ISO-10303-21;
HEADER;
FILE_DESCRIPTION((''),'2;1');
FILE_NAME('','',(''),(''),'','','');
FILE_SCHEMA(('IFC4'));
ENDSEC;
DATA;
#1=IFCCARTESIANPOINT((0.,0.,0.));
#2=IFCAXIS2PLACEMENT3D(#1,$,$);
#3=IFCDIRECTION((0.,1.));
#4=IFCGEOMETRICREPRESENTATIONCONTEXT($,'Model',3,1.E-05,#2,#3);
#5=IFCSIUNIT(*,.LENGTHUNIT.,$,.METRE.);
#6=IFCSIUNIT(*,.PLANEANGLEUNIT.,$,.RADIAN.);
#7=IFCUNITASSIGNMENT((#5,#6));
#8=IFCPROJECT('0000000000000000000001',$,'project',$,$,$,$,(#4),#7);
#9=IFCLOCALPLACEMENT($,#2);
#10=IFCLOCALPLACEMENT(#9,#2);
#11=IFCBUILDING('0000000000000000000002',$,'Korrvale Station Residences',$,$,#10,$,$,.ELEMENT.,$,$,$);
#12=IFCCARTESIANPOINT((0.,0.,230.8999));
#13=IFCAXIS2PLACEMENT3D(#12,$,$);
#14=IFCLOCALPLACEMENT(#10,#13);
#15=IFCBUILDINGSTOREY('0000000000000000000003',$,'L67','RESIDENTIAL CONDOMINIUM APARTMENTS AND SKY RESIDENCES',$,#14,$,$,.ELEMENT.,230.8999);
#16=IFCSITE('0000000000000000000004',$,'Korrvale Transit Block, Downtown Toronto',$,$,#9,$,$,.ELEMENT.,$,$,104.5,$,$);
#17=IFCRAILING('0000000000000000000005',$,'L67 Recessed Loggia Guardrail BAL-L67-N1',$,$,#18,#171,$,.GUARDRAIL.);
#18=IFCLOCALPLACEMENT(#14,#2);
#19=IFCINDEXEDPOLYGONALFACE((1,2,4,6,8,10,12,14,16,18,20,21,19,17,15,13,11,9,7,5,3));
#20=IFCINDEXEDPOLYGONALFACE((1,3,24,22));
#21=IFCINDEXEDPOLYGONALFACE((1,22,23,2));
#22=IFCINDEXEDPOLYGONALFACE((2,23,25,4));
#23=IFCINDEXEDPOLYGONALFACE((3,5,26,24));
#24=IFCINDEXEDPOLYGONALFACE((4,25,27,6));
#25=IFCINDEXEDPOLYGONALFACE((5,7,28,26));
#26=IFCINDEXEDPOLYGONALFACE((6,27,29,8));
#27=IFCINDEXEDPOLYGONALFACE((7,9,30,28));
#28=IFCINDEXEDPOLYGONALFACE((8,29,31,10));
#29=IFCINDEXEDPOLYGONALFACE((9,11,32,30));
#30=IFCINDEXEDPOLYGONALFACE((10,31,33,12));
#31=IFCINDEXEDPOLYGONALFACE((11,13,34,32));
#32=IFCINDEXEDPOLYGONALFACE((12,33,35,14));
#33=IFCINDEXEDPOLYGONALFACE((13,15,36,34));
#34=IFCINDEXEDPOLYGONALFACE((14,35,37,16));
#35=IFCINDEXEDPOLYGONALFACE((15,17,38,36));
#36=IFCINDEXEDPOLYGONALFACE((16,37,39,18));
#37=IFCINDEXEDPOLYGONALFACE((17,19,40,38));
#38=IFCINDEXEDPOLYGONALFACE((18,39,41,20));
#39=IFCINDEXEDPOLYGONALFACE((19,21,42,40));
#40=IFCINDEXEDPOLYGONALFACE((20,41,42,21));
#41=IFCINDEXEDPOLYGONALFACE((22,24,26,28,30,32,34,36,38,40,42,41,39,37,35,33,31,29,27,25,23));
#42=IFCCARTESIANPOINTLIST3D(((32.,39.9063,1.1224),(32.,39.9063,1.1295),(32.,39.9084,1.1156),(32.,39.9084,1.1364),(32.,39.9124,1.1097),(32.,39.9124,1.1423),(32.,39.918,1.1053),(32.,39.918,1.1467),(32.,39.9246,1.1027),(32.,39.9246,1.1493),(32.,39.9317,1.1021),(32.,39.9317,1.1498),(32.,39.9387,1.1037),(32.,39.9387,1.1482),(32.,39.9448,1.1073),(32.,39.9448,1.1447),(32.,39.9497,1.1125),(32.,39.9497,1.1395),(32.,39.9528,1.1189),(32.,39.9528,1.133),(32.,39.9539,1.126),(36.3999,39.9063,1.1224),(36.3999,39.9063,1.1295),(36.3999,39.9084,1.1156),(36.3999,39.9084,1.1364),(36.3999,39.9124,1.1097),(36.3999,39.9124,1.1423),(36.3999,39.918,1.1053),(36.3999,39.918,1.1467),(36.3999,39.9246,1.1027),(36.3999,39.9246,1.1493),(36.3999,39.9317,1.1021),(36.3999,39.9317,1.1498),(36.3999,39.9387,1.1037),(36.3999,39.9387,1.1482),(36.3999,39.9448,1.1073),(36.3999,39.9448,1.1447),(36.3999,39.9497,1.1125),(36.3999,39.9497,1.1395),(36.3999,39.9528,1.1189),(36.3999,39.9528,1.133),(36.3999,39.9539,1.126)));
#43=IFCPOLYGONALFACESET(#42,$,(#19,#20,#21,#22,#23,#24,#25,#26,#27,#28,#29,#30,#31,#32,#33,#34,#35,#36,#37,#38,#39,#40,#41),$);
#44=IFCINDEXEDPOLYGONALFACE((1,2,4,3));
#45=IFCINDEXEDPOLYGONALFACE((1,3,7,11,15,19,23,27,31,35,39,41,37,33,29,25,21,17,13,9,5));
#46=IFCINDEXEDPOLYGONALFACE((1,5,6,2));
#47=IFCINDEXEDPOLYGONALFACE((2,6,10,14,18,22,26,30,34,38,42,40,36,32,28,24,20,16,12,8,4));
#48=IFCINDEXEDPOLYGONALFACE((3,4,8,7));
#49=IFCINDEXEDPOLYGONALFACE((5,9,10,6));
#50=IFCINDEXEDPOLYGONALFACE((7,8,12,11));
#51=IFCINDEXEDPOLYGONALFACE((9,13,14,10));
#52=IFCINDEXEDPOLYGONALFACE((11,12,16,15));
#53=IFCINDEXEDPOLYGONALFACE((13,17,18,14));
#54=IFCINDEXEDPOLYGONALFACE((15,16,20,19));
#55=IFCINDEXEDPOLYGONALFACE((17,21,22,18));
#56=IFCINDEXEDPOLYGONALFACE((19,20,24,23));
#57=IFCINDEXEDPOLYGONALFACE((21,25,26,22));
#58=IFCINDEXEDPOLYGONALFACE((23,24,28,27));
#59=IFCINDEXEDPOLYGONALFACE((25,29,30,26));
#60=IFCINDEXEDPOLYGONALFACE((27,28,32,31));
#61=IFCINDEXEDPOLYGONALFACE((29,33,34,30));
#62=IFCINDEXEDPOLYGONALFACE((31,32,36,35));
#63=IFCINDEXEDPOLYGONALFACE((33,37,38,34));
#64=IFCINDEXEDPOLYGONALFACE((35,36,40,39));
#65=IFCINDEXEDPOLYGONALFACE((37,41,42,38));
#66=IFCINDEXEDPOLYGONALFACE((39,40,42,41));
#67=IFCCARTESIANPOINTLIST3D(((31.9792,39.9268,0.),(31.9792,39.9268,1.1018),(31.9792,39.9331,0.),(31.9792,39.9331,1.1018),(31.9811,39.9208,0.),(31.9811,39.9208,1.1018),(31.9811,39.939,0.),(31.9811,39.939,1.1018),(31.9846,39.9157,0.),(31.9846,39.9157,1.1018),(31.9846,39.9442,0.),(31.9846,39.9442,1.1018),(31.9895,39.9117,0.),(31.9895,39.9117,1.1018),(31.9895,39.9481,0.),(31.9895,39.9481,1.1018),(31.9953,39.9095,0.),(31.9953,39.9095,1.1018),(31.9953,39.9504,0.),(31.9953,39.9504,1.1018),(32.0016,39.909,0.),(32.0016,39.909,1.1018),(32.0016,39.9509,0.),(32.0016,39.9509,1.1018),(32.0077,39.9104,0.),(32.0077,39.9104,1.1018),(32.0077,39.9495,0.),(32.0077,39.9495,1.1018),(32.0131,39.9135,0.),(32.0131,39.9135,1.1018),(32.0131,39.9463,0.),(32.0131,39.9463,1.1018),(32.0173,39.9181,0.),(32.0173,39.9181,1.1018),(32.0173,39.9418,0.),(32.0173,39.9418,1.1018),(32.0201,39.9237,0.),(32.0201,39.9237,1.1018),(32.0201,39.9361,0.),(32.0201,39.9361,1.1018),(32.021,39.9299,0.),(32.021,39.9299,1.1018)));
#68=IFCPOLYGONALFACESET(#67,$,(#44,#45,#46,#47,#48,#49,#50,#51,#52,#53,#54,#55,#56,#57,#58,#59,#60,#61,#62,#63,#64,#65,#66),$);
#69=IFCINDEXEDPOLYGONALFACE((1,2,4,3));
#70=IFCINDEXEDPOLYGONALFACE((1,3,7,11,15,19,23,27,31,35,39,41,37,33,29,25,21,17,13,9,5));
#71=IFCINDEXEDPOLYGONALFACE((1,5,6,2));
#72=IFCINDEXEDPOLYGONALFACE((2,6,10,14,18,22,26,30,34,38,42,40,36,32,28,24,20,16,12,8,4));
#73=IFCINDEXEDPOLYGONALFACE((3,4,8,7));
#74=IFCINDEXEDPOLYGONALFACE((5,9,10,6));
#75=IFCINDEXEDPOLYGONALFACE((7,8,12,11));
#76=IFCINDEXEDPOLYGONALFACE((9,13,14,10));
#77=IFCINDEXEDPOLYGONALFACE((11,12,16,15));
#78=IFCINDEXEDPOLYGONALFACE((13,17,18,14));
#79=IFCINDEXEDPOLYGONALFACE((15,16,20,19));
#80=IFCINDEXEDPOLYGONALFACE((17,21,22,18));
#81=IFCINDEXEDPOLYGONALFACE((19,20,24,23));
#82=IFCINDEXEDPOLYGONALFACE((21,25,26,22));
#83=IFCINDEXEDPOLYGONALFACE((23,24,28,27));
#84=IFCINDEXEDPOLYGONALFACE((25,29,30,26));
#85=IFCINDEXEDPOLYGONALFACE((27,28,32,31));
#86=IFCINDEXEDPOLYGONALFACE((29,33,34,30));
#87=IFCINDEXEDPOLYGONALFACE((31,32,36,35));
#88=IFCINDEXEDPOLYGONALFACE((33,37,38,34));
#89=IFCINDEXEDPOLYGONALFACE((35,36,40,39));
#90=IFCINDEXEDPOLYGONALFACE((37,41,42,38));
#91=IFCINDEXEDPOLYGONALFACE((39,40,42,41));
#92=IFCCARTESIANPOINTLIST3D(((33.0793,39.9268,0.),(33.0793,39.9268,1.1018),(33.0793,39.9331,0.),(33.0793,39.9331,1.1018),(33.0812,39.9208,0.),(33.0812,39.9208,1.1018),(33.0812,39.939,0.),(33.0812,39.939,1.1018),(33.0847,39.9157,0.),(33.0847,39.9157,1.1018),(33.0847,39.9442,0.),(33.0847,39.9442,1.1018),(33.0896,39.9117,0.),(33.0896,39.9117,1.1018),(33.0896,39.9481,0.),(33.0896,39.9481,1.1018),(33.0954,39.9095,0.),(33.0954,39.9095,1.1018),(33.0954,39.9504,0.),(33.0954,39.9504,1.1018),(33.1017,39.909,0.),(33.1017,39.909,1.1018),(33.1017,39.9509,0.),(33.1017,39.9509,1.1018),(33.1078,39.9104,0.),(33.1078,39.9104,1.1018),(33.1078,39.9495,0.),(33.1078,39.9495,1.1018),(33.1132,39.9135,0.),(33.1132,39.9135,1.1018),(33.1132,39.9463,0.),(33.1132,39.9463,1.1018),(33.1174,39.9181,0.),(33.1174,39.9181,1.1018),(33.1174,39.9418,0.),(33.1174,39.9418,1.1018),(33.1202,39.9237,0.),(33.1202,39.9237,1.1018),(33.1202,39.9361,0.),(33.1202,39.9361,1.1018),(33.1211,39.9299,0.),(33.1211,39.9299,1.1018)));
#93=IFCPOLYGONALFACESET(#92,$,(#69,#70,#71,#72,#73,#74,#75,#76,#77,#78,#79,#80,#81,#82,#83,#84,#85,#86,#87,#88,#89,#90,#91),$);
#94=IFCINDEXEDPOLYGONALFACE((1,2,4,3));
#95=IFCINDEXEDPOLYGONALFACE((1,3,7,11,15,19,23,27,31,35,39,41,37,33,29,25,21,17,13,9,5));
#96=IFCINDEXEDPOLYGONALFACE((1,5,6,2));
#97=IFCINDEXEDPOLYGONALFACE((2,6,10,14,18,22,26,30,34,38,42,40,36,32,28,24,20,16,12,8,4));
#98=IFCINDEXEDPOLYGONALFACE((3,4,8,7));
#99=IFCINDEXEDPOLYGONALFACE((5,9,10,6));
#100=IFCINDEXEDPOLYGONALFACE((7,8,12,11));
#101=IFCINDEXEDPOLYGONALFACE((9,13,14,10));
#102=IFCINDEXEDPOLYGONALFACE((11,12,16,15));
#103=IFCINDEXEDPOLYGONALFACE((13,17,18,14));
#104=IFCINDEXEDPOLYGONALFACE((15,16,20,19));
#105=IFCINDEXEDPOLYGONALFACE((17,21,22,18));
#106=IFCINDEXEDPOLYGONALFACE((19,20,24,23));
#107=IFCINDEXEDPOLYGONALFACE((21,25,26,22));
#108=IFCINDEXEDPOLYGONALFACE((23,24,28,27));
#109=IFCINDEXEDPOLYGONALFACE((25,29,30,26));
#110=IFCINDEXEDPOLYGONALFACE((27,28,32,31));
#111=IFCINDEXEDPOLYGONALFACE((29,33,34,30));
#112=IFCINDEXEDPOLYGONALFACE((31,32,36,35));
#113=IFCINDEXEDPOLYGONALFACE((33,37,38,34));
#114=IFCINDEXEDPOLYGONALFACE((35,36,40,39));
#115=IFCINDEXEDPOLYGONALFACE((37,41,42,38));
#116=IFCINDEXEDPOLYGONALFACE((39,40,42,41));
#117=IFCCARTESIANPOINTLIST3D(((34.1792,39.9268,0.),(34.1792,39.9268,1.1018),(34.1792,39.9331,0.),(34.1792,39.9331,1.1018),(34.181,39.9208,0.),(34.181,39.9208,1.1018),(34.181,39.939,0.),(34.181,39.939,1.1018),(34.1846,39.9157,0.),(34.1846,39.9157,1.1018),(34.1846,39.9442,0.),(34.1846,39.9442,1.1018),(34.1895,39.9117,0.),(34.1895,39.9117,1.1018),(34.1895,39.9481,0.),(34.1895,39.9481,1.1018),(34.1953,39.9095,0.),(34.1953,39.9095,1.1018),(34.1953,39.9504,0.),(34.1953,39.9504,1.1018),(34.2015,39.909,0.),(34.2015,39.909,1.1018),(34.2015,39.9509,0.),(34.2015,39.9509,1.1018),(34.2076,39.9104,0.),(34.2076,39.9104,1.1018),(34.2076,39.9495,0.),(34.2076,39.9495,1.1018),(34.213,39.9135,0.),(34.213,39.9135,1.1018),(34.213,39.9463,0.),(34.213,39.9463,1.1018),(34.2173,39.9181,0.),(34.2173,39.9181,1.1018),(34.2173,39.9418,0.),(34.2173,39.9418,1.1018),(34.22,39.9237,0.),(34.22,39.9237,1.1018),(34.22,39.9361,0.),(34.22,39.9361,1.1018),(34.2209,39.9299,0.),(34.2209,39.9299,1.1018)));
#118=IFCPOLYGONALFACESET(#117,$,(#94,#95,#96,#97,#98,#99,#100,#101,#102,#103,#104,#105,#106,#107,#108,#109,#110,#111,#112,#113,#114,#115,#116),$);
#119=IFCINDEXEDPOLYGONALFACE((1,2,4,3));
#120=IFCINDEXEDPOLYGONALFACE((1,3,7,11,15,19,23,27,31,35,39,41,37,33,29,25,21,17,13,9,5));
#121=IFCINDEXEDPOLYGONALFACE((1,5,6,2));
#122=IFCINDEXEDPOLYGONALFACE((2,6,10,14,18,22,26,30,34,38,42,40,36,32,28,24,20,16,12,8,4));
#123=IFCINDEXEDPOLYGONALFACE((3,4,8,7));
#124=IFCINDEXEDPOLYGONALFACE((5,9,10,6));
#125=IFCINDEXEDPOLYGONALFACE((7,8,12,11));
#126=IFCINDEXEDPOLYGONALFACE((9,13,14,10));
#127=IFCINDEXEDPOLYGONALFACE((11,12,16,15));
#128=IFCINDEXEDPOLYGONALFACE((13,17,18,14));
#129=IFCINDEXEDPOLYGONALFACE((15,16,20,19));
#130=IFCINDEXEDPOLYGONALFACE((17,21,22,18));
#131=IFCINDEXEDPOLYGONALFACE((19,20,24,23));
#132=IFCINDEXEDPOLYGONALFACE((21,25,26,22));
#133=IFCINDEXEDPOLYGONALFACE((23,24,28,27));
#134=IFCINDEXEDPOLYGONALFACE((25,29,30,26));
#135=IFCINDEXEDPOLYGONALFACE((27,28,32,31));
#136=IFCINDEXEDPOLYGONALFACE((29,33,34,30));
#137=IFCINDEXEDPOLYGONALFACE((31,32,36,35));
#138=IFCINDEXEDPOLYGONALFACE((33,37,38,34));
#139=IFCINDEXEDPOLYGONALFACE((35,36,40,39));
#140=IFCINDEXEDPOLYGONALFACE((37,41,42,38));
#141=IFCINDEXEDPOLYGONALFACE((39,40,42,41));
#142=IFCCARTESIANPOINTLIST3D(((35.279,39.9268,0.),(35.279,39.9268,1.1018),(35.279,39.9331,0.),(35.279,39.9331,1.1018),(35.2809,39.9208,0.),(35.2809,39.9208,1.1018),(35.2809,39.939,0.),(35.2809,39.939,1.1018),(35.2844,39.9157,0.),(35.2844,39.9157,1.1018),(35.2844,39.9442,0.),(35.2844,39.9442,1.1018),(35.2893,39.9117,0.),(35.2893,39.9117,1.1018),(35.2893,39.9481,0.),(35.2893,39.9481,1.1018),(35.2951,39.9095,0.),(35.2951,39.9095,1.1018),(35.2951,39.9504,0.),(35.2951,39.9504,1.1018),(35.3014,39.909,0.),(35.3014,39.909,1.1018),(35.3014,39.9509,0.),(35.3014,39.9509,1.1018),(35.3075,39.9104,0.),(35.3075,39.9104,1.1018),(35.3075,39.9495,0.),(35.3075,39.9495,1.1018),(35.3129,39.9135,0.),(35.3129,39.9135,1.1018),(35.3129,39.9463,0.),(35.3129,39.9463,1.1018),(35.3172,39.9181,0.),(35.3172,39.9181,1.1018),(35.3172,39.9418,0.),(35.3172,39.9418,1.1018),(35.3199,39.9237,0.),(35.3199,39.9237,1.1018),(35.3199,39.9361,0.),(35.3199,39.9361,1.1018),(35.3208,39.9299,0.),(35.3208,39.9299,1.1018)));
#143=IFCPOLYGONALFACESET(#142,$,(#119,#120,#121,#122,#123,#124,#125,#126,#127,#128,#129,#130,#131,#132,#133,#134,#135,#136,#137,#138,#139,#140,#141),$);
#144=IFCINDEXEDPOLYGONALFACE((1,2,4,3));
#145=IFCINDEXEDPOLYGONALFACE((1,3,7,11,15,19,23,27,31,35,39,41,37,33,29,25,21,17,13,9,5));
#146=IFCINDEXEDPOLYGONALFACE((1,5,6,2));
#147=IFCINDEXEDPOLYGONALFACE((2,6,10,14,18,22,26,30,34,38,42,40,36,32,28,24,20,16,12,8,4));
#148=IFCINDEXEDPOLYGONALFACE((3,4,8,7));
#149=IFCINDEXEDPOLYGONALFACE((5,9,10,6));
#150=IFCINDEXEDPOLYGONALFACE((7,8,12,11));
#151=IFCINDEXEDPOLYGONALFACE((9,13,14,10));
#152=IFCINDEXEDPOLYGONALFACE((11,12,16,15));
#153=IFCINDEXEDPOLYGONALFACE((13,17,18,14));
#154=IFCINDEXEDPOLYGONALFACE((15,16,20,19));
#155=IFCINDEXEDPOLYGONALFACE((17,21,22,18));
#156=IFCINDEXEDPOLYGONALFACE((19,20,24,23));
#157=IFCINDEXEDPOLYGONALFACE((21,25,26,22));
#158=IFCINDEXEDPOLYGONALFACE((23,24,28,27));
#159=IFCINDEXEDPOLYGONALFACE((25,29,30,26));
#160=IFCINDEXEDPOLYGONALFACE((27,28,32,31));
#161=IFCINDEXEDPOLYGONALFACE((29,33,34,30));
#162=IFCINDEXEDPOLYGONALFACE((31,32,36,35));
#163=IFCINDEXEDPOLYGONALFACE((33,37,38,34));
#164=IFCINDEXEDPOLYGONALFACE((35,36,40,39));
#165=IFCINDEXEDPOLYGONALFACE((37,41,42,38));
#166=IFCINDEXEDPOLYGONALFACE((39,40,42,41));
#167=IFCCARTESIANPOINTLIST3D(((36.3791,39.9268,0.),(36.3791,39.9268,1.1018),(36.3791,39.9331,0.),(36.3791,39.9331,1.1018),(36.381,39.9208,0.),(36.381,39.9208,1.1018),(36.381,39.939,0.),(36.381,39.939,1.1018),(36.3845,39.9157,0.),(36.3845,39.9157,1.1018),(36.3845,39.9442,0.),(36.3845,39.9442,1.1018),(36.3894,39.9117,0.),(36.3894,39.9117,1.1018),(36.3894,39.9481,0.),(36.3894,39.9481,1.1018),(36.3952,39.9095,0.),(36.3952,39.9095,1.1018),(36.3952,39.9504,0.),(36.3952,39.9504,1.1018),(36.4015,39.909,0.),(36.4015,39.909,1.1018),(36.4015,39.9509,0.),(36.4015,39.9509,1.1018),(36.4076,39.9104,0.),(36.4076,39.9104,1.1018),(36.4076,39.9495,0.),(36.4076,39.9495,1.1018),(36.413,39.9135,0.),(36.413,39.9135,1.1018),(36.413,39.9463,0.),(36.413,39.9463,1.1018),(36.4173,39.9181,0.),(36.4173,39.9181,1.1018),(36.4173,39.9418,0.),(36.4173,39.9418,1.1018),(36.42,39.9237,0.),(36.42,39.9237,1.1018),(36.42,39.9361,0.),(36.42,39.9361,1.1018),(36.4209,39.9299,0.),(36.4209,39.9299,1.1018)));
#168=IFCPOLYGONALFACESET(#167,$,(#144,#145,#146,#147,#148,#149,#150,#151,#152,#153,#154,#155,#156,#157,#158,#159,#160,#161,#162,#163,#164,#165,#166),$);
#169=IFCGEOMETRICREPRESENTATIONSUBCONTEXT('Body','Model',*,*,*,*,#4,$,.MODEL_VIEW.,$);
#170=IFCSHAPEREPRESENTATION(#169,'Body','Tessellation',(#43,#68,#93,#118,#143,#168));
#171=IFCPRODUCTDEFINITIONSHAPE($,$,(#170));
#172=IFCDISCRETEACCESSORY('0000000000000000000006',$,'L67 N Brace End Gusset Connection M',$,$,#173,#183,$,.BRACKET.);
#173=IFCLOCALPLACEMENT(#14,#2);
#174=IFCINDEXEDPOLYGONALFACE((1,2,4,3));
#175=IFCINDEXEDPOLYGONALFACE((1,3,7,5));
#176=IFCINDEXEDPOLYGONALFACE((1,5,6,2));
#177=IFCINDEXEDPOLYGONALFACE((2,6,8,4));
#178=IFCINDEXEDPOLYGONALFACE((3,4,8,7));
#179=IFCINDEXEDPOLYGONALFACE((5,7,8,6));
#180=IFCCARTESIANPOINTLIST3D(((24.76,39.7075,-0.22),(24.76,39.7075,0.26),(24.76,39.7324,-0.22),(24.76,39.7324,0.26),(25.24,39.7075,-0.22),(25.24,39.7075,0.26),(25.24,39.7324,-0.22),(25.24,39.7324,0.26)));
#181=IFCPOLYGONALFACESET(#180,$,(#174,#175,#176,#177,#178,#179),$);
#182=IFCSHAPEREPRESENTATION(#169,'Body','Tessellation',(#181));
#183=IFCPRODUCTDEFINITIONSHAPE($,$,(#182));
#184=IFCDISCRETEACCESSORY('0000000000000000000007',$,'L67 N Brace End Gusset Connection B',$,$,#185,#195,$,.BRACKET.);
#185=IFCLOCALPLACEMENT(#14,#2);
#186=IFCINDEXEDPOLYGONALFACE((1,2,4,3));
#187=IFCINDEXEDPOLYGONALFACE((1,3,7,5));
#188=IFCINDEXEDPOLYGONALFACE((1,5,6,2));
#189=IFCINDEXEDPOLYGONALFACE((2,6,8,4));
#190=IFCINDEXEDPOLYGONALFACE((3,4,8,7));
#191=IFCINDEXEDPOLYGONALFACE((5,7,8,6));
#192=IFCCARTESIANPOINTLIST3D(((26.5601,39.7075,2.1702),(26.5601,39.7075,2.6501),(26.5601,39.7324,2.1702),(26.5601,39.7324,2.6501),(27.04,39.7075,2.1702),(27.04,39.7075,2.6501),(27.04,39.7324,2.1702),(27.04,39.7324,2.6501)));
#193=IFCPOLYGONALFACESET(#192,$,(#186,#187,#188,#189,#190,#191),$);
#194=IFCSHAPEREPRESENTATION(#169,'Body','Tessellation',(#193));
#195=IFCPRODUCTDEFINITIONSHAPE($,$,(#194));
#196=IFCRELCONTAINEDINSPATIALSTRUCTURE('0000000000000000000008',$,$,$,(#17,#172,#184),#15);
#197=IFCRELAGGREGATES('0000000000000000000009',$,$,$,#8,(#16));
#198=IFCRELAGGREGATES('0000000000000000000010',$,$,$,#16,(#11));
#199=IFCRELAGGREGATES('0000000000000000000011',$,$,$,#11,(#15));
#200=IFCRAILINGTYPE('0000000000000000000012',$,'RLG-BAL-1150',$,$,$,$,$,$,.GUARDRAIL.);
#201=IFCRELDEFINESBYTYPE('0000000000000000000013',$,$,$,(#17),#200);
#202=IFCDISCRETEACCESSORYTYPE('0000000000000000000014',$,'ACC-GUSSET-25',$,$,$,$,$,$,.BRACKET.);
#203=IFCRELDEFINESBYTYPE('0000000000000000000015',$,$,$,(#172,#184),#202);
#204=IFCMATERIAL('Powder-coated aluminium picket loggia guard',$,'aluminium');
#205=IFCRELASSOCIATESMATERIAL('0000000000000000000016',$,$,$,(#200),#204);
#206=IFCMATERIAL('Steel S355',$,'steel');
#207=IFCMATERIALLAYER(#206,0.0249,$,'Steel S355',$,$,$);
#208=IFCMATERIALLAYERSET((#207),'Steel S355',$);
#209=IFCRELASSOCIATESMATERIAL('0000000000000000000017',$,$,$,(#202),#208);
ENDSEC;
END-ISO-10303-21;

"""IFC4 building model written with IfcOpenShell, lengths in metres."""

from ifc_helpers import new_model, si_unit, direction, frame, origin, origin_2d, place, context, subcontext, project, spatial, rectangle, circle, extrude, material, layer, layer_set, type_object, element, save


model = new_model("IFC4")

# Units and contexts
model_context = context("Model", 3, precision=1e-05, world=origin(), true_north=direction((0.0, 1.0)))
body_context = subcontext(model_context, "Body", "Model", "MODEL_VIEW")
ifc_project = project(units=[si_unit("LENGTHUNIT", "METRE"), si_unit("PLANEANGLEUNIT", "RADIAN")], contexts=[model_context])

# Site, building, storey
site_placement = place(None, origin())
site = spatial("IfcSite", under=ifc_project, at=site_placement, Name="Korrvale Transit Block, Downtown Toronto", CompositionType="ELEMENT", RefElevation=104.5)
building_placement = place(site_placement, origin())
building = spatial("IfcBuilding", under=site, at=building_placement, Name="Korrvale Station Residences", CompositionType="ELEMENT")
storey_placement = place(building_placement, frame((0.0, 0.0, 230.8999)))
storey = spatial("IfcBuildingStorey", under=building, at=storey_placement, Name="L67", Description="RESIDENTIAL CONDOMINIUM APARTMENTS AND SKY RESIDENCES", CompositionType="ELEMENT", Elevation=230.8999)

# Shared definitions
ifc_material_1 = material(Name="Steel S355", Category="steel")

# Railing
ifc_material_2 = material(Name="Powder-coated aluminium picket loggia guard", Category="aluminium")
railing_type = type_object("IfcRailingType", Name="RLG-BAL-1150", PredefinedType="GUARDRAIL", material=ifc_material_2)
railing_placement = place(storey_placement, frame((32.0, 39.9299, 0.0)))
element("IfcRailing", 1, at=railing_placement, inside=storey, type_object=railing_type, Name="L67 Recessed Loggia Guardrail BAL-L67-N1", PredefinedType="GUARDRAIL", context=body_context, shape_type="SweptSolid", body=[
    extrude(circle(Radius=0.0239, at=origin_2d()), frame((0.0, 0.0, 1.126), z_axis=(1.0, 0.0, 0.0), x_axis=(0.0, 1.0, 0.0)), (0.0, 0.0, 1.0), 4.3999),
    extrude(circle(Radius=0.021, at=origin_2d()), origin(), (0.0, 0.0, 1.0), 1.1018),
    extrude(circle(Radius=0.021, at=origin_2d()), frame((1.1001, 0.0, 0.0)), (0.0, 0.0, 1.0), 1.1018),
    extrude(circle(Radius=0.021, at=origin_2d()), frame((2.2, 0.0, 0.0)), (0.0, 0.0, 1.0), 1.1018),
    extrude(circle(Radius=0.021, at=origin_2d()), frame((3.2998, 0.0, 0.0)), (0.0, 0.0, 1.0), 1.1018),
    extrude(circle(Radius=0.021, at=origin_2d()), frame((4.3999, 0.0, 0.0)), (0.0, 0.0, 1.0), 1.1018),
])

# Discrete accessories
ifc_layer_1 = layer(ifc_material_1, 0.0249, Name="Steel S355")
ifc_layer_set_1 = layer_set([ifc_layer_1], Name="Steel S355")
discrete_accessory_type = type_object("IfcDiscreteAccessoryType", Name="ACC-GUSSET-25", PredefinedType="BRACKET", material=ifc_layer_set_1)
for number, where, z_axis, x_axis, name in (
    (2, (25.0, 39.72, -0.22), (0.0, 0.0, 1.0), (1.0, 0.0, 0.0), "L67 N Brace End Gusset Connection M"),
    (3, (26.8, 39.72, 2.1702), (0.0, 0.0, 1.0), (1.0, 0.0, 0.0), "L67 N Brace End Gusset Connection B"),
):
    element("IfcDiscreteAccessory", number, at=place(storey_placement, frame(where, z_axis=z_axis, x_axis=x_axis)), inside=storey, type_object=discrete_accessory_type, Name=name, PredefinedType="BRACKET", context=body_context, shape_type="SweptSolid", body=[
        extrude(rectangle(XDim=0.48, YDim=0.0249, at=origin_2d()), origin(), (0.0, 0.0, 1.0), 0.48),
    ])

save(model, "model.ifc")
